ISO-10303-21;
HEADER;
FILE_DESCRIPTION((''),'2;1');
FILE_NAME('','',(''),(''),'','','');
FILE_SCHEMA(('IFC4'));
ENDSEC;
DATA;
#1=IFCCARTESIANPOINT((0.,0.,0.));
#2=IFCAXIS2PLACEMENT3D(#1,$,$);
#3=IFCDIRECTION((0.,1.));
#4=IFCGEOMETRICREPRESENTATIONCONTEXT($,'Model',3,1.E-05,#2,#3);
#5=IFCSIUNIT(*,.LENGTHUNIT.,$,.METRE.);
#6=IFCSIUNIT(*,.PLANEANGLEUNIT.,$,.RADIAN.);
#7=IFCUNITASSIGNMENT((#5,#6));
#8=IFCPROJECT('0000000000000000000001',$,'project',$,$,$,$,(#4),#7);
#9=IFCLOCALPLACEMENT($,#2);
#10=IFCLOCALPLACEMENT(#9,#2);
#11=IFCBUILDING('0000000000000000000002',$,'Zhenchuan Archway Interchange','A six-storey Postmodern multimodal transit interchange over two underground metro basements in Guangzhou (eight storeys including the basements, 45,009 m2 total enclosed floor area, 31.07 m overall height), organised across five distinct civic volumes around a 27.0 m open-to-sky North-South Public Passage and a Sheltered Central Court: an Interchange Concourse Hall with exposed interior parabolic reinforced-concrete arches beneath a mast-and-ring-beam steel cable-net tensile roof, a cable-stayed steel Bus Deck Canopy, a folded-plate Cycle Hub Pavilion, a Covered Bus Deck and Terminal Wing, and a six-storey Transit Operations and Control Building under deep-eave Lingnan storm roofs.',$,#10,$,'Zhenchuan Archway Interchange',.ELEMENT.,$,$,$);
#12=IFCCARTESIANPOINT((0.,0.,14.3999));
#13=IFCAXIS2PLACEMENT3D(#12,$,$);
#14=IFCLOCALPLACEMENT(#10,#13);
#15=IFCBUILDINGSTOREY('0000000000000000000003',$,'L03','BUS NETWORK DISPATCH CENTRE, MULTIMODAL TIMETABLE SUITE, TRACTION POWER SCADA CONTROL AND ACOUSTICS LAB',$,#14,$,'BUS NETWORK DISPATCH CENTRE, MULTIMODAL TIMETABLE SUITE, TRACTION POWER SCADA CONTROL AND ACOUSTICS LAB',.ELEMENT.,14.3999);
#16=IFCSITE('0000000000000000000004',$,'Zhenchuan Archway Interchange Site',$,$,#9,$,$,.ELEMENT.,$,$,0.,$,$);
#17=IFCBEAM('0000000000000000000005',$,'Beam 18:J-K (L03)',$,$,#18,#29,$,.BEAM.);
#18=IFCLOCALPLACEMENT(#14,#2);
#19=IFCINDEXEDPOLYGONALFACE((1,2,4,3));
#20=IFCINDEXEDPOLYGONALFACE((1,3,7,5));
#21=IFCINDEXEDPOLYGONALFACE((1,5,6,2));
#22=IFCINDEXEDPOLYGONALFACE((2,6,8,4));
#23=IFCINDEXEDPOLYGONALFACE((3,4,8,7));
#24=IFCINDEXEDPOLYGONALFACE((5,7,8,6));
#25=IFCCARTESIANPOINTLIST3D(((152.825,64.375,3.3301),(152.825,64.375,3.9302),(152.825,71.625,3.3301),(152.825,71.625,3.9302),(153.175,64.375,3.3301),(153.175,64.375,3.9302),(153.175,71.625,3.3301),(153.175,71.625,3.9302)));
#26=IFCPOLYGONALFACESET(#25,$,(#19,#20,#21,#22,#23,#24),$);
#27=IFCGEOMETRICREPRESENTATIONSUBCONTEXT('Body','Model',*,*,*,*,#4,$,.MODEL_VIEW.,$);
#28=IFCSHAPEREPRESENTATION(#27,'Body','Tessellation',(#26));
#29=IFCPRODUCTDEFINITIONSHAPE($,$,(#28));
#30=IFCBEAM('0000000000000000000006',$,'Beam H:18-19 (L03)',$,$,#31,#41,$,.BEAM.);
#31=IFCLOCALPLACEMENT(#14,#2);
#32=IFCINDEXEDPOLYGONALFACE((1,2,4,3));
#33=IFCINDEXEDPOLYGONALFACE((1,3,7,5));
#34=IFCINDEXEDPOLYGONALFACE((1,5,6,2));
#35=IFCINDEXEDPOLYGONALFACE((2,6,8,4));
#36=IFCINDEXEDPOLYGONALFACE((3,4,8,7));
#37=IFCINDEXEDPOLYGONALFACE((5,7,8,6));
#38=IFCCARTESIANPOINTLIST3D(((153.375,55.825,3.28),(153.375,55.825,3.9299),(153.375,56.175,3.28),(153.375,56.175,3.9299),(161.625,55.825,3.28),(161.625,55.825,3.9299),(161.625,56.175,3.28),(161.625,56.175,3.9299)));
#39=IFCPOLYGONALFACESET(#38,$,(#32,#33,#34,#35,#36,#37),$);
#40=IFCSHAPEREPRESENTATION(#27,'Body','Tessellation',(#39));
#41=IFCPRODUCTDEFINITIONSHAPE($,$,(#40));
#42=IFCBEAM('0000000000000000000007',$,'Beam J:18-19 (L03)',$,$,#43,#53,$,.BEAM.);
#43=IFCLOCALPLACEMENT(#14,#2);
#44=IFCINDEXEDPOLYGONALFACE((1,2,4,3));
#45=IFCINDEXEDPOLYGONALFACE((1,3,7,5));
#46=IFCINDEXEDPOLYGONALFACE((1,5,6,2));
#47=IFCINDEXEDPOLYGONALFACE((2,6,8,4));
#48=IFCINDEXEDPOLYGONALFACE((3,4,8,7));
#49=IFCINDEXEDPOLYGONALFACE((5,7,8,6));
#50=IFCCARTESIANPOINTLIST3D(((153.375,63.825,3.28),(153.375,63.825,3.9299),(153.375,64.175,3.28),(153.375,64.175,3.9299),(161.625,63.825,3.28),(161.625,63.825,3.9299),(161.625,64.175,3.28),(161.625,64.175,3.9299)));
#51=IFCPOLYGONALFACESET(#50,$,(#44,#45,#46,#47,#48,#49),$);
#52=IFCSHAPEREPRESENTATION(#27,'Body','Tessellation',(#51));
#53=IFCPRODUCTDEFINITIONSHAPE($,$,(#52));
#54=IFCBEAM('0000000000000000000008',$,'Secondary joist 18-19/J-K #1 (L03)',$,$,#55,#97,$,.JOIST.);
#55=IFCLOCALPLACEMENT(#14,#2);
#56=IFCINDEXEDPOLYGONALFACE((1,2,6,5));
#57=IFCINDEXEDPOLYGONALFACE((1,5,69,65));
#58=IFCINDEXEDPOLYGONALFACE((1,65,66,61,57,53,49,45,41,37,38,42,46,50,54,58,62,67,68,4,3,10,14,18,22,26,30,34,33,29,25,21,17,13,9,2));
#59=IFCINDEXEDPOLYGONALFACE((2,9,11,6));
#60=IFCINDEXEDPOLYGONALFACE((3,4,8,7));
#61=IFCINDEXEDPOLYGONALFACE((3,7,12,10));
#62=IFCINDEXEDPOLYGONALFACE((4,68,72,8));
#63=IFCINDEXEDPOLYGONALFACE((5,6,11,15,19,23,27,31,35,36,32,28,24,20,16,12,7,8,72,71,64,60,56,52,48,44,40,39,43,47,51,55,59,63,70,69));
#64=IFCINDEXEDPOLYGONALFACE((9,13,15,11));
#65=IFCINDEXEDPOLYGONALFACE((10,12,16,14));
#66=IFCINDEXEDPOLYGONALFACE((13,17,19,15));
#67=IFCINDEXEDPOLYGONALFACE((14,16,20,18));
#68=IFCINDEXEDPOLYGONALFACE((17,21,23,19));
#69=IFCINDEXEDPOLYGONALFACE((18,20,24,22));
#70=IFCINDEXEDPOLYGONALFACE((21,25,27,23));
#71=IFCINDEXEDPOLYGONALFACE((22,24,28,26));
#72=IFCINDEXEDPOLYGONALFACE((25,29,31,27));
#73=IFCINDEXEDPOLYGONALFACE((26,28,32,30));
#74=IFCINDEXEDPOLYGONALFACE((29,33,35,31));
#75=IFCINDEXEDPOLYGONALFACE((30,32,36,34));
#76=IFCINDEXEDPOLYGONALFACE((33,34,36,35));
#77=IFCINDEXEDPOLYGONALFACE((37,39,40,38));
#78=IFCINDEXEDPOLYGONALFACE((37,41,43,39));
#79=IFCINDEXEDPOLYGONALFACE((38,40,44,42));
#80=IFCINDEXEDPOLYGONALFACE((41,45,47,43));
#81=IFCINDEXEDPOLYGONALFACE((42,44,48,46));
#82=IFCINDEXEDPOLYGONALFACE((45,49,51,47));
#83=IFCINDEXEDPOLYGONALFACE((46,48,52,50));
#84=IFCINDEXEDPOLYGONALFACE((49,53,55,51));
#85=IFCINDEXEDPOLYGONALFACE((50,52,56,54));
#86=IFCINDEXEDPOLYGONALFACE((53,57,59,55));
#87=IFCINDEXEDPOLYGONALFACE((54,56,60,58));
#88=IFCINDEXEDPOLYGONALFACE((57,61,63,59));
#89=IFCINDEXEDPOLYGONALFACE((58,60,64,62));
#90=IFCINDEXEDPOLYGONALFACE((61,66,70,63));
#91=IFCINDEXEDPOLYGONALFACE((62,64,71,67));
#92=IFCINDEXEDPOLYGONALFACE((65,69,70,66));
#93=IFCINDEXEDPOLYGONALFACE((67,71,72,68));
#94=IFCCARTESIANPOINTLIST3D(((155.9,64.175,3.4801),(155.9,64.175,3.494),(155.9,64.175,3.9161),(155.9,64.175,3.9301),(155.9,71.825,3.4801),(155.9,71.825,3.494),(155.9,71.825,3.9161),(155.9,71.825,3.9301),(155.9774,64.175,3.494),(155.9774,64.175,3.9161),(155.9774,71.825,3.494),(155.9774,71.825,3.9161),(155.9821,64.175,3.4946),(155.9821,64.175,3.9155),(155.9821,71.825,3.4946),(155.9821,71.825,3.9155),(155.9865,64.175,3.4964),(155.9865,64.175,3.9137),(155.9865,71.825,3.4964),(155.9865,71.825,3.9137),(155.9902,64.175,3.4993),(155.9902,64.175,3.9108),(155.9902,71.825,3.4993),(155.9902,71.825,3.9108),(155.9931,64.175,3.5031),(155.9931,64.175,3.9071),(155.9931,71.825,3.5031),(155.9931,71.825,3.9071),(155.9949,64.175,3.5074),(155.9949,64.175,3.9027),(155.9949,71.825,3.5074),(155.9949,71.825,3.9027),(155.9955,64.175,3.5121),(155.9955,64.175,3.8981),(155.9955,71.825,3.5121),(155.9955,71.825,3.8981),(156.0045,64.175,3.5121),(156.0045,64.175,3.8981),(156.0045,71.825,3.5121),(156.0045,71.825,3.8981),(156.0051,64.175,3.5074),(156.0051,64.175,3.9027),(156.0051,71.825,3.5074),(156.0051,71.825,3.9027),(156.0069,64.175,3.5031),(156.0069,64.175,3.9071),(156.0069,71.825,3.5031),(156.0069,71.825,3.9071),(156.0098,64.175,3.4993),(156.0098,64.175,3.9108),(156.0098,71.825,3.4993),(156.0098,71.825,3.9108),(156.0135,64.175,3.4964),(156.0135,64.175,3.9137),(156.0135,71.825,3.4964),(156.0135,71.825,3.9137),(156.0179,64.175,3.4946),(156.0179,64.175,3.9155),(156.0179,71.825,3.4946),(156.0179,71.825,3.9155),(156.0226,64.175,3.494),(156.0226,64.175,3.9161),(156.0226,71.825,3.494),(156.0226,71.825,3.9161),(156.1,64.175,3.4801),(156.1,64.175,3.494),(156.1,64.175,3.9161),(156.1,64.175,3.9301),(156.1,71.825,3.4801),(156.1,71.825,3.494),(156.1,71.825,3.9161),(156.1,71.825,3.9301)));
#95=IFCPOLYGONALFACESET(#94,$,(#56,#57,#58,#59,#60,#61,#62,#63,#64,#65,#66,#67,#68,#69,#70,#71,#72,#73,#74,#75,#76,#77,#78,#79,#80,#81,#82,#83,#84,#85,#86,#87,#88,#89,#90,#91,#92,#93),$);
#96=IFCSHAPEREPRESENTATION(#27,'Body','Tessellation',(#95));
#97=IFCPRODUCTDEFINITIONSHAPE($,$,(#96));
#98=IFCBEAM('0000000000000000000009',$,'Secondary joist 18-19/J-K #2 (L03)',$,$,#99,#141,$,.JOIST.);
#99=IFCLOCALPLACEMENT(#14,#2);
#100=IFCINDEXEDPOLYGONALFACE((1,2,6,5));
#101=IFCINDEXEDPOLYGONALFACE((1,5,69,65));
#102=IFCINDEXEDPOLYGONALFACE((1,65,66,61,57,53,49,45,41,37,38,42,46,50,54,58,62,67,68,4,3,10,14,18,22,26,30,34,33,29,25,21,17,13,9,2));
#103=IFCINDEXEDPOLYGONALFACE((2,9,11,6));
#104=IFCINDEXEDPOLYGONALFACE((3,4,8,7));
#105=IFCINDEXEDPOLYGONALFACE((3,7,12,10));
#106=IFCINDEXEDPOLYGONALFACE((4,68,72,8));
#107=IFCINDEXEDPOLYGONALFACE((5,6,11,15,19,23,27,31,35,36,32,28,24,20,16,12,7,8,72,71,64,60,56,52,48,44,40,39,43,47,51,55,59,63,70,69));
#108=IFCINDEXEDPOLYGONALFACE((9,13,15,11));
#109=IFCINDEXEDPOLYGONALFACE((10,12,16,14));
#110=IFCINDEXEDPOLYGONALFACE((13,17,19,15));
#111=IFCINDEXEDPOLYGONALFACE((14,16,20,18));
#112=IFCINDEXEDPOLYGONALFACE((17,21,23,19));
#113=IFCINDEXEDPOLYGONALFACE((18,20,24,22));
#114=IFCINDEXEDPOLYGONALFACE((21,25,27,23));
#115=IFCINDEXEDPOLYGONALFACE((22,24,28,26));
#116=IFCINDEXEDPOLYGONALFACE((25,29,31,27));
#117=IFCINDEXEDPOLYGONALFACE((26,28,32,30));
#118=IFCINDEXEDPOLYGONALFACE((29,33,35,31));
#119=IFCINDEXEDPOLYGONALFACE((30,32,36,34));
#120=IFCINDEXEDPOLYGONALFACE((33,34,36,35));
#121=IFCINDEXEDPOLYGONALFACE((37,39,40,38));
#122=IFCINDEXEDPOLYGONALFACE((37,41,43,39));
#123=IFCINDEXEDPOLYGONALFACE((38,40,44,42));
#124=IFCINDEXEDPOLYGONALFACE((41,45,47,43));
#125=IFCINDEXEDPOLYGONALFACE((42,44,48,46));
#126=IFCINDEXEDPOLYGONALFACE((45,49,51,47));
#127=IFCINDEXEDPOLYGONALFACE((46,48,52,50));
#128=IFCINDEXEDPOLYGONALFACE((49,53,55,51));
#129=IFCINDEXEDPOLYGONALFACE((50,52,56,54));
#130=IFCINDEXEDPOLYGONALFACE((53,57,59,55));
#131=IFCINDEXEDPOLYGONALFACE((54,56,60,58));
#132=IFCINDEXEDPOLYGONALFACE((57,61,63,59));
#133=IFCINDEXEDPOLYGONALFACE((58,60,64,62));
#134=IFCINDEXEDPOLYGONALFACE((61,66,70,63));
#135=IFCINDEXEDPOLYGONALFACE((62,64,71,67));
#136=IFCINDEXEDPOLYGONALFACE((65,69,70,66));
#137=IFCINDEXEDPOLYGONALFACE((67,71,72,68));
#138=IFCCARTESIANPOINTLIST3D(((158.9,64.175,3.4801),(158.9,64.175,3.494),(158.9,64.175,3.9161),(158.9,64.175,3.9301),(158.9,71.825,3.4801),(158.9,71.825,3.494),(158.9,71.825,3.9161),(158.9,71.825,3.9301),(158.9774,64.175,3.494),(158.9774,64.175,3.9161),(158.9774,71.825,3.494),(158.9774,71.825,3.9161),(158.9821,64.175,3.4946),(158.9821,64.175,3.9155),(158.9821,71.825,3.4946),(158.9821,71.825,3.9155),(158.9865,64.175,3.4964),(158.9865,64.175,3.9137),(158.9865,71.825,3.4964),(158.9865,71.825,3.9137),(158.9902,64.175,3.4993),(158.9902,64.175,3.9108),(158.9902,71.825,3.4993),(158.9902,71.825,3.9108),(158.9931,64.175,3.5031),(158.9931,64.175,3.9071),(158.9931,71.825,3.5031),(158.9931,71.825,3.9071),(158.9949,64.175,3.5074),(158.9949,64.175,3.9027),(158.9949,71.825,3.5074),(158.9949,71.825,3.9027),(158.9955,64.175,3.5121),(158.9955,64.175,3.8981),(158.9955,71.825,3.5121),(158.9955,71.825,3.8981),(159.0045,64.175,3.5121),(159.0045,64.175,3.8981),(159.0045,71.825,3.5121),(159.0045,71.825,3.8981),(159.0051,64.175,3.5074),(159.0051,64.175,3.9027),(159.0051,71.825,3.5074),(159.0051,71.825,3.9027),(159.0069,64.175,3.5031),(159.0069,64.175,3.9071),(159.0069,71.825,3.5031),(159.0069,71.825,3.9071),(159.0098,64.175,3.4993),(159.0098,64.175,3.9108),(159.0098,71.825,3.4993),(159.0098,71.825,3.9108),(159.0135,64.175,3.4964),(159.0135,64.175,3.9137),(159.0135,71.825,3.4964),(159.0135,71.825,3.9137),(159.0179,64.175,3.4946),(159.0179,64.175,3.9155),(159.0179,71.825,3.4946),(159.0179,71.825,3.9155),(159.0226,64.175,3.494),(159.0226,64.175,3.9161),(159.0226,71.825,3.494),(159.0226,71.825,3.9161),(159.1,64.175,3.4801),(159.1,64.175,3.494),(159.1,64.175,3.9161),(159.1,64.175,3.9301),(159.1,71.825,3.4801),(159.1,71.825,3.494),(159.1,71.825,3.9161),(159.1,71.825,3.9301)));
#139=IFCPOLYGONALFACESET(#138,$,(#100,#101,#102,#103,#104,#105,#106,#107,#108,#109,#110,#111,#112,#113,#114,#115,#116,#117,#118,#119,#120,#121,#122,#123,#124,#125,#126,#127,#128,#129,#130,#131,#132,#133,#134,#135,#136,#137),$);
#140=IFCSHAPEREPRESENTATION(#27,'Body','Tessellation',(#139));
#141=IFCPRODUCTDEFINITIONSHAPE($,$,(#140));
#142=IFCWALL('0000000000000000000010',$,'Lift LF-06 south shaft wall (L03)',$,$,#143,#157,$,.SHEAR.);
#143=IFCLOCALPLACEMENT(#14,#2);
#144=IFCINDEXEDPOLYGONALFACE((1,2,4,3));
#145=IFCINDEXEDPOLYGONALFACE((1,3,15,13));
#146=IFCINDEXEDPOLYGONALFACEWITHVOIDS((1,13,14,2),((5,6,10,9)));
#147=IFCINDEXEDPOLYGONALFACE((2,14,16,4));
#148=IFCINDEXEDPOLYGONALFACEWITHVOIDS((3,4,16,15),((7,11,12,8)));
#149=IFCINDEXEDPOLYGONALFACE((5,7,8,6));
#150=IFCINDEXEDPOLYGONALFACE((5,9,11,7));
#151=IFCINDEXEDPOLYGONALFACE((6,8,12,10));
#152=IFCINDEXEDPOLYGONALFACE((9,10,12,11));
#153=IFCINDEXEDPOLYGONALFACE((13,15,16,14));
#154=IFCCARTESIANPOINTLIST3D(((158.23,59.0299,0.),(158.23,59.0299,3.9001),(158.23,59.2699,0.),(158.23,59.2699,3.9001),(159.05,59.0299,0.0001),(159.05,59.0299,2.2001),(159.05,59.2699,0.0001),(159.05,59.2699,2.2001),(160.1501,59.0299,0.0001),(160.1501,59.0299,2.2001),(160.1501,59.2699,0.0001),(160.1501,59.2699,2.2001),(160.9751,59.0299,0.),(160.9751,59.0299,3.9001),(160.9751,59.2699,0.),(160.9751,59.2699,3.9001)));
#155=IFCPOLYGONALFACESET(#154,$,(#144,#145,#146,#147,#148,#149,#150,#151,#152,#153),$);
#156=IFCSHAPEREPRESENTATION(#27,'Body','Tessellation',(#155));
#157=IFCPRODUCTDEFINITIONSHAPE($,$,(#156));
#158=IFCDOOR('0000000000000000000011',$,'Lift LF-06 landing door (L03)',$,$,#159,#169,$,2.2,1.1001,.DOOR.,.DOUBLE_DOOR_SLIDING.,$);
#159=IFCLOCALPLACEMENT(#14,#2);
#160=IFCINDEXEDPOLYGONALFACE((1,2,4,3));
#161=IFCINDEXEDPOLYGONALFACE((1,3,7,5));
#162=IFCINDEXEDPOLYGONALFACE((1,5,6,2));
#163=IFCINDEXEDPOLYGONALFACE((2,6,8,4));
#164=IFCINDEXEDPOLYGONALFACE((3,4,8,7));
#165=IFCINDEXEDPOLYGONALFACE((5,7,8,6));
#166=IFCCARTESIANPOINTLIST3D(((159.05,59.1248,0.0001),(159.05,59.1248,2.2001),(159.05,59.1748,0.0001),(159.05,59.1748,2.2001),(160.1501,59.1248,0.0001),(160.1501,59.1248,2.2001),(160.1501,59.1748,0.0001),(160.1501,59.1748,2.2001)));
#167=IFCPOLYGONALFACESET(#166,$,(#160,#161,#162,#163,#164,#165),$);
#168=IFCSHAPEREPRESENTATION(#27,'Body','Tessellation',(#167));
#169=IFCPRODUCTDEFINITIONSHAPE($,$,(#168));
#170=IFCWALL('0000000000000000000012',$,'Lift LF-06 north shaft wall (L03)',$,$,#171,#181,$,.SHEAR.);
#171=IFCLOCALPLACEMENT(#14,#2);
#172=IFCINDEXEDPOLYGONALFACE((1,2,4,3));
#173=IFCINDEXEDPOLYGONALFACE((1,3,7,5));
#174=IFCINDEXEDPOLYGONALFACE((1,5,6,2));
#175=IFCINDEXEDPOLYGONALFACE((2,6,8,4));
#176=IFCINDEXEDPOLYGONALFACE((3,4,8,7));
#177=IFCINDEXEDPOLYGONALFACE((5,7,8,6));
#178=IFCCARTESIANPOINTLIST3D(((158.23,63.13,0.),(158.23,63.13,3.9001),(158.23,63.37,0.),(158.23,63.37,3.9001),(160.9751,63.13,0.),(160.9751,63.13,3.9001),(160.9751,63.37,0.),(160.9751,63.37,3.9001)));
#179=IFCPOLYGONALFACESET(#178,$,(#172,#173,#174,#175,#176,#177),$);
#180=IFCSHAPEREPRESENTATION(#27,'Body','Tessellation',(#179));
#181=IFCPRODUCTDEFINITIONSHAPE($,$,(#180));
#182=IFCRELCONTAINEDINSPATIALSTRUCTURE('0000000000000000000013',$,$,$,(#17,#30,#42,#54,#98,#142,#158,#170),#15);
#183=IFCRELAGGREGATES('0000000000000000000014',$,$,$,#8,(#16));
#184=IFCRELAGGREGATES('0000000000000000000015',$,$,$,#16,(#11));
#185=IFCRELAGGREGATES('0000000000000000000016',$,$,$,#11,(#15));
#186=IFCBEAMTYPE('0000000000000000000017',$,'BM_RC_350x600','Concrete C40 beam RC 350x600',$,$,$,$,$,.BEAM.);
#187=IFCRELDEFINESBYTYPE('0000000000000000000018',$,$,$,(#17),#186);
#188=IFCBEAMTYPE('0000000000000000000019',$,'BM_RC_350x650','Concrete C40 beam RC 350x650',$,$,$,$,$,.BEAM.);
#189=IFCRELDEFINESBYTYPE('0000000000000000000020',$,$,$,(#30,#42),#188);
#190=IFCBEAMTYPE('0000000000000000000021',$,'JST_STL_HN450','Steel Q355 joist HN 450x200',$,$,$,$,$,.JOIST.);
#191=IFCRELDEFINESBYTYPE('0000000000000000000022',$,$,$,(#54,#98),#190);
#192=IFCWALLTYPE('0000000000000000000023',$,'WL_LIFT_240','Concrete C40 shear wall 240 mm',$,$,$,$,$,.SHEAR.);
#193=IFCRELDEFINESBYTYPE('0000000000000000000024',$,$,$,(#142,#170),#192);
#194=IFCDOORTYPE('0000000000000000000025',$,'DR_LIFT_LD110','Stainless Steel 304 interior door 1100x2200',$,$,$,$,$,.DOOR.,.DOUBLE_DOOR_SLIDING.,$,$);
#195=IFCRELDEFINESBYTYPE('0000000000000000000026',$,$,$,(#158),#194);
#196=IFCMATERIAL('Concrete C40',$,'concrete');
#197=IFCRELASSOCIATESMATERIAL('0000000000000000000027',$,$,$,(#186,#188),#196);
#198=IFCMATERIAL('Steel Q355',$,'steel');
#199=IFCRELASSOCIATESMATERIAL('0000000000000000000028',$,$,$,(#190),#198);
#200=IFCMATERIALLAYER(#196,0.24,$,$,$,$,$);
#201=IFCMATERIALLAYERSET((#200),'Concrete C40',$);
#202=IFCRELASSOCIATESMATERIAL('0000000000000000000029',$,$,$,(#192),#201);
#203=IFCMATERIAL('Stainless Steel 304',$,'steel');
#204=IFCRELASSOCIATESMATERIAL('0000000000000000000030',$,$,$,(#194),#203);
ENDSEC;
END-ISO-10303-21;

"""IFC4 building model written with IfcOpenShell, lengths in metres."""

from ifc_helpers import new_model, si_unit, direction, frame, frame_2d, origin, origin_2d, place, context, subcontext, project, spatial, rectangle, i_section, extrude, material, layer, layer_set, material_profile, profile_set, type_object, element, fill, save


model = new_model("IFC4")

# Units and contexts
model_context = context("Model", 3, precision=1e-05, world=origin(), true_north=direction((0.0, 1.0)))
body_context = subcontext(model_context, "Body", "Model", "MODEL_VIEW")
ifc_project = project(units=[si_unit("LENGTHUNIT", "METRE"), si_unit("PLANEANGLEUNIT", "RADIAN")], contexts=[model_context])

# Site, building, storey
site_placement = place(None, origin())
site = spatial("IfcSite", under=ifc_project, at=site_placement, Name="Zhenchuan Archway Interchange Site", CompositionType="ELEMENT", RefElevation=0.0)
building_placement = place(site_placement, origin())
building = spatial("IfcBuilding", under=site, at=building_placement, Name="Zhenchuan Archway Interchange", Description="A six-storey Postmodern multimodal transit interchange over two underground metro basements in Guangzhou (eight storeys including the basements, 45,009 m2 total enclosed floor area, 31.07 m overall height), organised across five distinct civic volumes around a 27.0 m open-to-sky North-South Public Passage and a Sheltered Central Court: an Interchange Concourse Hall with exposed interior parabolic reinforced-concrete arches beneath a mast-and-ring-beam steel cable-net tensile roof, a cable-stayed steel Bus Deck Canopy, a folded-plate Cycle Hub Pavilion, a Covered Bus Deck and Terminal Wing, and a six-storey Transit Operations and Control Building under deep-eave Lingnan storm roofs.", LongName="Zhenchuan Archway Interchange", CompositionType="ELEMENT")
storey_placement = place(building_placement, frame((0.0, 0.0, 14.3999)))
storey = spatial("IfcBuildingStorey", under=building, at=storey_placement, Name="L03", Description="BUS NETWORK DISPATCH CENTRE, MULTIMODAL TIMETABLE SUITE, TRACTION POWER SCADA CONTROL AND ACOUSTICS LAB", LongName="BUS NETWORK DISPATCH CENTRE, MULTIMODAL TIMETABLE SUITE, TRACTION POWER SCADA CONTROL AND ACOUSTICS LAB", CompositionType="ELEMENT", Elevation=14.3999)

# Beams
ifc_material_1 = material(Name="Concrete C40", Category="concrete")
ifc_material_profile_1 = material_profile(ifc_material_1, rectangle(XDim=0.3501, YDim=0.6001, at=origin_2d()), Name="RC 350x600")
ifc_profile_set_1 = profile_set([ifc_material_profile_1], Name="Concrete C40")
beam_type_1 = type_object("IfcBeamType", Name="BM_RC_350x600", Description="Concrete C40 beam RC 350x600", PredefinedType="BEAM", material=ifc_profile_set_1)
beam_placement = place(storey_placement, frame((153.0, 64.375, 3.6301), z_axis=(0.0, 1.0, 0.0), x_axis=(-1.0, 0.0, 0.0)))
element("IfcBeam", 1, at=beam_placement, inside=storey, type_object=beam_type_1, Name="Beam 18:J-K (L03)", PredefinedType="BEAM", context=body_context, shape_type="SweptSolid", body=[
    extrude(rectangle(XDim=0.3501, YDim=0.6001, at=origin_2d()), origin(), (0.0, 0.0, 1.0), 7.25),
])
ifc_material_profile_2 = material_profile(ifc_material_1, rectangle(XDim=0.3501, YDim=0.6499, at=origin_2d()), Name="RC 350x650")
ifc_profile_set_2 = profile_set([ifc_material_profile_2], Name="Concrete C40")
beam_type_2 = type_object("IfcBeamType", Name="BM_RC_350x650", Description="Concrete C40 beam RC 350x650", PredefinedType="BEAM", material=ifc_profile_set_2)
for number, where, z_axis, x_axis, name in (
    (2, (153.375, 56.0, 3.605), (1.0, 0.0, 0.0), (0.0, 1.0, 0.0), "Beam H:18-19 (L03)"),
    (3, (153.375, 64.0, 3.605), (1.0, 0.0, 0.0), (0.0, 1.0, 0.0), "Beam J:18-19 (L03)"),
):
    element("IfcBeam", number, at=place(storey_placement, frame(where, z_axis=z_axis, x_axis=x_axis)), inside=storey, type_object=beam_type_2, Name=name, PredefinedType="BEAM", context=body_context, shape_type="SweptSolid", body=[
        extrude(rectangle(XDim=0.3501, YDim=0.6499, at=origin_2d()), origin(), (0.0, 0.0, 1.0), 8.25),
    ])
ifc_material_2 = material(Name="Steel Q355", Category="steel")
ifc_material_profile_3 = material_profile(ifc_material_2, i_section(OverallWidth=0.2, OverallDepth=0.45, WebThickness=0.009, FlangeThickness=0.0139, FilletRadius=0.0181, at=origin_2d()), Name="HN 450x200")
ifc_profile_set_3 = profile_set([ifc_material_profile_3], Name="Steel Q355")
beam_type_3 = type_object("IfcBeamType", Name="JST_STL_HN450", Description="Steel Q355 joist HN 450x200", PredefinedType="JOIST", material=ifc_profile_set_3)
for number, where, z_axis, x_axis, name in (
    (4, (156.0, 64.175, 3.7051), (0.0, 1.0, 0.0), (-1.0, 0.0, 0.0), "Secondary joist 18-19/J-K #1 (L03)"),
    (5, (159.0, 64.175, 3.7051), (0.0, 1.0, 0.0), (-1.0, 0.0, 0.0), "Secondary joist 18-19/J-K #2 (L03)"),
):
    element("IfcBeam", number, at=place(storey_placement, frame(where, z_axis=z_axis, x_axis=x_axis)), inside=storey, type_object=beam_type_3, Name=name, PredefinedType="JOIST", context=body_context, shape_type="SweptSolid", body=[
        extrude(i_section(OverallWidth=0.2, OverallDepth=0.45, WebThickness=0.009, FlangeThickness=0.0139, FilletRadius=0.0181, at=origin_2d()), origin(), (0.0, 0.0, 1.0), 7.6499),
    ])

# Wall, opening, door
ifc_layer_1 = layer(ifc_material_1, 0.24)
ifc_layer_set_1 = layer_set([ifc_layer_1], Name="Concrete C40")
wall_type_1 = type_object("IfcWallType", Name="WL_LIFT_240", Description="Concrete C40 shear wall 240 mm", PredefinedType="SHEAR", material=ifc_layer_set_1)
wall_1_placement = place(storey_placement, frame((158.23, 59.1499, 0.0), z_axis=(0.0, 0.0, 1.0), x_axis=(1.0, 0.0, 0.0)))
wall_1 = element("IfcWall", 6, at=wall_1_placement, inside=storey, type_object=wall_type_1, Name="Lift LF-06 south shaft wall (L03)", PredefinedType="SHEAR", context=body_context, shape_type="SweptSolid", body=[
    extrude(rectangle(XDim=2.7451, YDim=0.24, at=frame_2d((1.3726, 0.0))), origin(), (0.0, 0.0, 1.0), 3.9001),
])
opening_1_placement = place(wall_1_placement, frame((0.8201, 0.0, 0.0)))
opening_1 = element("IfcOpeningElement", 7, at=opening_1_placement, cuts=wall_1, PredefinedType="OPENING", context=body_context, shape_type="SweptSolid", body=[
    extrude(rectangle(XDim=1.1001, YDim=2.2, at=frame_2d((0.55, 1.1001))), frame((0.0, 0.1318, 0.0), z_axis=(0.0, -1.0, 0.0), x_axis=(1.0, 0.0, 0.0)), (0.0, 0.0, 1.0), 0.2639),
])
ifc_material_3 = material(Name="Stainless Steel 304", Category="steel")
door_type = type_object("IfcDoorType", Name="DR_LIFT_LD110", Description="Stainless Steel 304 interior door 1100x2200", OperationType="DOUBLE_DOOR_SLIDING", PredefinedType="DOOR", material=ifc_material_3)
door_1_placement = place(opening_1_placement, origin())
door_1 = element("IfcDoor", 8, at=door_1_placement, inside=storey, type_object=door_type, Name="Lift LF-06 landing door (L03)", OperationType="DOUBLE_DOOR_SLIDING", OverallHeight=2.2, OverallWidth=1.1001, PredefinedType="DOOR", context=body_context, shape_type="SweptSolid", body=[
    extrude(rectangle(XDim=1.1001, YDim=2.2, at=frame_2d((0.55, 1.1001))), frame((0.0, 0.0249, 0.0), z_axis=(0.0, -1.0, 0.0), x_axis=(1.0, 0.0, 0.0)), (0.0, 0.0, 1.0), 0.05),
])
fill(opening_1, door_1)

# Wall
wall_2_placement = place(storey_placement, frame((160.9751, 63.25, 0.0), z_axis=(0.0, 0.0, 1.0), x_axis=(-1.0, 0.0, 0.0)))
element("IfcWall", 9, at=wall_2_placement, inside=storey, type_object=wall_type_1, Name="Lift LF-06 north shaft wall (L03)", PredefinedType="SHEAR", context=body_context, shape_type="SweptSolid", body=[
    extrude(rectangle(XDim=2.7451, YDim=0.24, at=frame_2d((1.3726, 0.0))), origin(), (0.0, 0.0, 1.0), 3.9001),
])

save(model, "model.ifc")
